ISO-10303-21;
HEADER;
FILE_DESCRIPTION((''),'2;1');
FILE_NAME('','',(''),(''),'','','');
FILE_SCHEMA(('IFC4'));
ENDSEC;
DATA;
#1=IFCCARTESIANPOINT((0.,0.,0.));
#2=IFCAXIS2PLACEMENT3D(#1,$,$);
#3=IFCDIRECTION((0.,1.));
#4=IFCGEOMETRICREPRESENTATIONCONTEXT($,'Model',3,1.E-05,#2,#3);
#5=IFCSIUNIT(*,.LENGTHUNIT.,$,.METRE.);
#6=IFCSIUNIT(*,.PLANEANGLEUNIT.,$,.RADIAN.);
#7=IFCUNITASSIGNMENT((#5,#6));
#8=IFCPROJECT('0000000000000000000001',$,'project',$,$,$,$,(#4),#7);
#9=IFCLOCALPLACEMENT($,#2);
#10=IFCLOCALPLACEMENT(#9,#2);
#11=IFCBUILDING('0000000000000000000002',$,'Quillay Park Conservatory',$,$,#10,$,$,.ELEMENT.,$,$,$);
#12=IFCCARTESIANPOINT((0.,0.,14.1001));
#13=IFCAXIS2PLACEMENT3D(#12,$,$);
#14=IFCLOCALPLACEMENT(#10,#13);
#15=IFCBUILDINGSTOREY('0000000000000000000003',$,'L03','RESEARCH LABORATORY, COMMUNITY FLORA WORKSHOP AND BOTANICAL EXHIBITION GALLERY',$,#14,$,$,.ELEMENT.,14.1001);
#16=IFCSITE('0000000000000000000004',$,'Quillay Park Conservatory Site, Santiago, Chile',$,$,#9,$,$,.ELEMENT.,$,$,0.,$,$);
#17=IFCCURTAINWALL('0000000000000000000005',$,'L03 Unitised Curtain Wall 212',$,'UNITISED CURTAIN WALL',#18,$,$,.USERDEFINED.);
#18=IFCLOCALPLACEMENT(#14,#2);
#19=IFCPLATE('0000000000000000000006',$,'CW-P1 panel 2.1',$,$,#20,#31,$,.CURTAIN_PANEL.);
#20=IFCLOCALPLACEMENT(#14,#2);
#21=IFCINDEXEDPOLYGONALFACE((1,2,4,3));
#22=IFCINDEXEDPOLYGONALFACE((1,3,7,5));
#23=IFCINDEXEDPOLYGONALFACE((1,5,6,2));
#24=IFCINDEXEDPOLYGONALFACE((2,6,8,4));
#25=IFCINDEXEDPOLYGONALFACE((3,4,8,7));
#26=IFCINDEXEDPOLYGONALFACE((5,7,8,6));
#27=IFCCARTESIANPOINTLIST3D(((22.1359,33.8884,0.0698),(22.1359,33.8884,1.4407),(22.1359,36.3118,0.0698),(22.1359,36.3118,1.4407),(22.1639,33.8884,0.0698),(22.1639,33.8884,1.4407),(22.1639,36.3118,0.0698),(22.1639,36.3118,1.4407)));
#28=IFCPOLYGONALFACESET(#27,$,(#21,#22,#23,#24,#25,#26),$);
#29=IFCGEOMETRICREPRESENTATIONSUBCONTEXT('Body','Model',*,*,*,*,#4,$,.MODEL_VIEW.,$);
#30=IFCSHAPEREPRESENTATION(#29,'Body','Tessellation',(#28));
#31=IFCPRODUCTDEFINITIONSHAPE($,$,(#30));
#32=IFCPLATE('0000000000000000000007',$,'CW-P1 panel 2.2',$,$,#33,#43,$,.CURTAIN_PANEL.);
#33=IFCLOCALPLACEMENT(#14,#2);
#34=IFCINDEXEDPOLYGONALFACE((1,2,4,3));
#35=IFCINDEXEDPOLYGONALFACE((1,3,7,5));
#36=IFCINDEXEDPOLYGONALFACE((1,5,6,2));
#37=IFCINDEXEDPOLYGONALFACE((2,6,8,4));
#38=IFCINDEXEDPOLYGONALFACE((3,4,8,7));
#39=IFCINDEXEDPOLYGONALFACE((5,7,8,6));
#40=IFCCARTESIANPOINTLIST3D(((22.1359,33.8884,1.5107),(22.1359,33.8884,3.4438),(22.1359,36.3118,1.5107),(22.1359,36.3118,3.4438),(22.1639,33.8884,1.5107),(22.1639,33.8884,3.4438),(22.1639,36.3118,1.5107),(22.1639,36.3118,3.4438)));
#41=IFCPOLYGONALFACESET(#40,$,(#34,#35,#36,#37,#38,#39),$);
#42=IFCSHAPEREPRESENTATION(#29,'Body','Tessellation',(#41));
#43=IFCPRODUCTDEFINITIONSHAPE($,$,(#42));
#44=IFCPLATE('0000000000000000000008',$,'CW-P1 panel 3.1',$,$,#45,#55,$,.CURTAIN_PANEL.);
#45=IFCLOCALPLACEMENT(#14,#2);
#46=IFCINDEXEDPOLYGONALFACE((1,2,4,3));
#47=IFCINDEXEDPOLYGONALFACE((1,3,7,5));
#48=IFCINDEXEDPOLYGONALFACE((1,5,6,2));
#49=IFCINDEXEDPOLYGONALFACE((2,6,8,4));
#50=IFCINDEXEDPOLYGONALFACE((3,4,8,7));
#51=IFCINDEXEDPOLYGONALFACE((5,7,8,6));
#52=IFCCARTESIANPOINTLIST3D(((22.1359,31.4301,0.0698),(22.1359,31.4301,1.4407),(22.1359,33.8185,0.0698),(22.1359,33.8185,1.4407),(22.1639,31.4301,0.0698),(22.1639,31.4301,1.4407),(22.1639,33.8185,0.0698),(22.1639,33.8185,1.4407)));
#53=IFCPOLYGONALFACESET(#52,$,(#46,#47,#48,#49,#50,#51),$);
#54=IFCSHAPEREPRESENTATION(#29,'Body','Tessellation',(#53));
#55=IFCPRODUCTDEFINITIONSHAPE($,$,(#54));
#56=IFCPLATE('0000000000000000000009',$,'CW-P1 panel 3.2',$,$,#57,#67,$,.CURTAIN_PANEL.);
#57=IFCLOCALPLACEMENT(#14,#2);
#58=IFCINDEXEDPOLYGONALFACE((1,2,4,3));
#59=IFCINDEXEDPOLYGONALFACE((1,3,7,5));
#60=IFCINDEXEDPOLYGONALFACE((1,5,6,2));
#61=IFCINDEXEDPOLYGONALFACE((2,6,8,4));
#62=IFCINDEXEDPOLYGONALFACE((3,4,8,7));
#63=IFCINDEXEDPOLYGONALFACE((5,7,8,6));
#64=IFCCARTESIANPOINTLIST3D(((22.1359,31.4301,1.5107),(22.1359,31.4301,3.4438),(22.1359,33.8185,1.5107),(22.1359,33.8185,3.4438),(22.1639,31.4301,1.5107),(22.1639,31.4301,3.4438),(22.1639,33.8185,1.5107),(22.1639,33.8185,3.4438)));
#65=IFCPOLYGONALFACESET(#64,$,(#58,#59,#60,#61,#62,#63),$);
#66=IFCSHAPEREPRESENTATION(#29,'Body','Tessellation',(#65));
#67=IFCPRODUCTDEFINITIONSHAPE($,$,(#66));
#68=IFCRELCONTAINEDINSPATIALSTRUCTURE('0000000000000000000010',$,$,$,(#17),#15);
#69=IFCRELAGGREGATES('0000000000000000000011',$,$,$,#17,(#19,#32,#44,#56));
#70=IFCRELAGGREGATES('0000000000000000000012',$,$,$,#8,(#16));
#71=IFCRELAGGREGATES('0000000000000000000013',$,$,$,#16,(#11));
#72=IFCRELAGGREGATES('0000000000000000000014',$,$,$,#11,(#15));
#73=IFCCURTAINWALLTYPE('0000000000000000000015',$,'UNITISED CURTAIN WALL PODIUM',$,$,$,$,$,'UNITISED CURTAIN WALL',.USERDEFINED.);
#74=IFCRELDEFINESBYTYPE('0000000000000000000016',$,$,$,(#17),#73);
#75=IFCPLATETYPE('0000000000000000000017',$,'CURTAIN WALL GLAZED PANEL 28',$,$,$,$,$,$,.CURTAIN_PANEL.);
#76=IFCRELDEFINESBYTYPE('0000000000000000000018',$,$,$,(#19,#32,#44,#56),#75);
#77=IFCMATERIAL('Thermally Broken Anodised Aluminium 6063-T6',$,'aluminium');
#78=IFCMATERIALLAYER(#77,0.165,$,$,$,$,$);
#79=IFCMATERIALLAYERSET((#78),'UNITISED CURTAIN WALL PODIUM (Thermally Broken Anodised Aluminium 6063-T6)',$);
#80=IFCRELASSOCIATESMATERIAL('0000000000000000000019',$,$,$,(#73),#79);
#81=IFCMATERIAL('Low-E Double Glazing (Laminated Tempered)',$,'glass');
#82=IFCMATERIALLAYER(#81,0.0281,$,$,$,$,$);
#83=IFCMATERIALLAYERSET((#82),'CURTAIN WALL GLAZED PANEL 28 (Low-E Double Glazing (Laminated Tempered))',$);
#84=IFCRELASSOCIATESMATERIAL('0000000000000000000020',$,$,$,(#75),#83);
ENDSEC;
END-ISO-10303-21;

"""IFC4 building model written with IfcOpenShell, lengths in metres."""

from ifc_helpers import new_model, si_unit, direction, frame, origin, origin_2d, place, context, subcontext, project, spatial, rectangle, extrude, material, layer, layer_set, type_object, element, aggregate, save


model = new_model("IFC4")

# Units and contexts
model_context = context("Model", 3, precision=1e-05, world=origin(), true_north=direction((0.0, 1.0)))
body_context = subcontext(model_context, "Body", "Model", "MODEL_VIEW")
ifc_project = project(units=[si_unit("LENGTHUNIT", "METRE"), si_unit("PLANEANGLEUNIT", "RADIAN")], contexts=[model_context])

# Site, building, storey
site_placement = place(None, origin())
site = spatial("IfcSite", under=ifc_project, at=site_placement, Name="Quillay Park Conservatory Site, Santiago, Chile", CompositionType="ELEMENT", RefElevation=0.0)
building_placement = place(site_placement, origin())
building = spatial("IfcBuilding", under=site, at=building_placement, Name="Quillay Park Conservatory", CompositionType="ELEMENT")
storey_placement = place(building_placement, frame((0.0, 0.0, 14.1001)))
storey = spatial("IfcBuildingStorey", under=building, at=storey_placement, Name="L03", Description="RESEARCH LABORATORY, COMMUNITY FLORA WORKSHOP AND BOTANICAL EXHIBITION GALLERY", CompositionType="ELEMENT", Elevation=14.1001)

# Shared definitions
ifc_material_1 = material(Name="Thermally Broken Anodised Aluminium 6063-T6", Category="aluminium")
ifc_layer_1 = layer(ifc_material_1, 0.165)
ifc_layer_set_1 = layer_set([ifc_layer_1], Name="UNITISED CURTAIN WALL PODIUM (Thermally Broken Anodised Aluminium 6063-T6)")
curtain_wall_type = type_object("IfcCurtainWallType", Name="UNITISED CURTAIN WALL PODIUM", ElementType="UNITISED CURTAIN WALL", PredefinedType="USERDEFINED", material=ifc_layer_set_1)

# Curtain wall
curtain_wall_1_placement = place(storey_placement, origin())
curtain_wall_1 = element("IfcCurtainWall", 1, at=curtain_wall_1_placement, inside=storey, type_object=curtain_wall_type, Name="L03 Unitised Curtain Wall 212", ObjectType="UNITISED CURTAIN WALL", PredefinedType="USERDEFINED")

# Plates
ifc_material_2 = material(Name="Low-E Double Glazing (Laminated Tempered)", Category="glass")
ifc_layer_2 = layer(ifc_material_2, 0.0281)
ifc_layer_set_2 = layer_set([ifc_layer_2], Name="CURTAIN WALL GLAZED PANEL 28 (Low-E Double Glazing (Laminated Tempered))")
plate_type = type_object("IfcPlateType", Name="CURTAIN WALL GLAZED PANEL 28", PredefinedType="CURTAIN_PANEL", material=ifc_layer_set_2)
plate_1_placement = place(storey_placement, frame((22.1499, 35.1001, 0.0698), z_axis=(0.0, 0.0, 1.0), x_axis=(0.0, -1.0, 0.0)))
plate_1 = element("IfcPlate", 2, at=plate_1_placement, type_object=plate_type, Name="CW-P1 panel 2.1", PredefinedType="CURTAIN_PANEL", context=body_context, shape_type="SweptSolid", body=[
    extrude(rectangle(XDim=2.4233, YDim=0.0281, at=origin_2d()), origin(), (0.0, 0.0, 1.0), 1.3708),
])
plate_2_placement = place(storey_placement, frame((22.1499, 35.1001, 1.5107), z_axis=(0.0, 0.0, 1.0), x_axis=(0.0, -1.0, 0.0)))
plate_2 = element("IfcPlate", 3, at=plate_2_placement, type_object=plate_type, Name="CW-P1 panel 2.2", PredefinedType="CURTAIN_PANEL", context=body_context, shape_type="SweptSolid", body=[
    extrude(rectangle(XDim=2.4233, YDim=0.0281, at=origin_2d()), origin(), (0.0, 0.0, 1.0), 1.9331),
])
plate_3_placement = place(storey_placement, frame((22.1499, 32.6243, 0.0698), z_axis=(0.0, 0.0, 1.0), x_axis=(0.0, -1.0, 0.0)))
plate_3 = element("IfcPlate", 4, at=plate_3_placement, type_object=plate_type, Name="CW-P1 panel 3.1", PredefinedType="CURTAIN_PANEL", context=body_context, shape_type="SweptSolid", body=[
    extrude(rectangle(XDim=2.3884, YDim=0.0281, at=origin_2d()), origin(), (0.0, 0.0, 1.0), 1.3708),
])
plate_4_placement = place(storey_placement, frame((22.1499, 32.6243, 1.5107), z_axis=(0.0, 0.0, 1.0), x_axis=(0.0, -1.0, 0.0)))
plate_4 = element("IfcPlate", 5, at=plate_4_placement, type_object=plate_type, Name="CW-P1 panel 3.2", PredefinedType="CURTAIN_PANEL", context=body_context, shape_type="SweptSolid", body=[
    extrude(rectangle(XDim=2.3884, YDim=0.0281, at=origin_2d()), origin(), (0.0, 0.0, 1.0), 1.9331),
])
aggregate(curtain_wall_1, [plate_1, plate_2, plate_3, plate_4])

save(model, "model.ifc")
